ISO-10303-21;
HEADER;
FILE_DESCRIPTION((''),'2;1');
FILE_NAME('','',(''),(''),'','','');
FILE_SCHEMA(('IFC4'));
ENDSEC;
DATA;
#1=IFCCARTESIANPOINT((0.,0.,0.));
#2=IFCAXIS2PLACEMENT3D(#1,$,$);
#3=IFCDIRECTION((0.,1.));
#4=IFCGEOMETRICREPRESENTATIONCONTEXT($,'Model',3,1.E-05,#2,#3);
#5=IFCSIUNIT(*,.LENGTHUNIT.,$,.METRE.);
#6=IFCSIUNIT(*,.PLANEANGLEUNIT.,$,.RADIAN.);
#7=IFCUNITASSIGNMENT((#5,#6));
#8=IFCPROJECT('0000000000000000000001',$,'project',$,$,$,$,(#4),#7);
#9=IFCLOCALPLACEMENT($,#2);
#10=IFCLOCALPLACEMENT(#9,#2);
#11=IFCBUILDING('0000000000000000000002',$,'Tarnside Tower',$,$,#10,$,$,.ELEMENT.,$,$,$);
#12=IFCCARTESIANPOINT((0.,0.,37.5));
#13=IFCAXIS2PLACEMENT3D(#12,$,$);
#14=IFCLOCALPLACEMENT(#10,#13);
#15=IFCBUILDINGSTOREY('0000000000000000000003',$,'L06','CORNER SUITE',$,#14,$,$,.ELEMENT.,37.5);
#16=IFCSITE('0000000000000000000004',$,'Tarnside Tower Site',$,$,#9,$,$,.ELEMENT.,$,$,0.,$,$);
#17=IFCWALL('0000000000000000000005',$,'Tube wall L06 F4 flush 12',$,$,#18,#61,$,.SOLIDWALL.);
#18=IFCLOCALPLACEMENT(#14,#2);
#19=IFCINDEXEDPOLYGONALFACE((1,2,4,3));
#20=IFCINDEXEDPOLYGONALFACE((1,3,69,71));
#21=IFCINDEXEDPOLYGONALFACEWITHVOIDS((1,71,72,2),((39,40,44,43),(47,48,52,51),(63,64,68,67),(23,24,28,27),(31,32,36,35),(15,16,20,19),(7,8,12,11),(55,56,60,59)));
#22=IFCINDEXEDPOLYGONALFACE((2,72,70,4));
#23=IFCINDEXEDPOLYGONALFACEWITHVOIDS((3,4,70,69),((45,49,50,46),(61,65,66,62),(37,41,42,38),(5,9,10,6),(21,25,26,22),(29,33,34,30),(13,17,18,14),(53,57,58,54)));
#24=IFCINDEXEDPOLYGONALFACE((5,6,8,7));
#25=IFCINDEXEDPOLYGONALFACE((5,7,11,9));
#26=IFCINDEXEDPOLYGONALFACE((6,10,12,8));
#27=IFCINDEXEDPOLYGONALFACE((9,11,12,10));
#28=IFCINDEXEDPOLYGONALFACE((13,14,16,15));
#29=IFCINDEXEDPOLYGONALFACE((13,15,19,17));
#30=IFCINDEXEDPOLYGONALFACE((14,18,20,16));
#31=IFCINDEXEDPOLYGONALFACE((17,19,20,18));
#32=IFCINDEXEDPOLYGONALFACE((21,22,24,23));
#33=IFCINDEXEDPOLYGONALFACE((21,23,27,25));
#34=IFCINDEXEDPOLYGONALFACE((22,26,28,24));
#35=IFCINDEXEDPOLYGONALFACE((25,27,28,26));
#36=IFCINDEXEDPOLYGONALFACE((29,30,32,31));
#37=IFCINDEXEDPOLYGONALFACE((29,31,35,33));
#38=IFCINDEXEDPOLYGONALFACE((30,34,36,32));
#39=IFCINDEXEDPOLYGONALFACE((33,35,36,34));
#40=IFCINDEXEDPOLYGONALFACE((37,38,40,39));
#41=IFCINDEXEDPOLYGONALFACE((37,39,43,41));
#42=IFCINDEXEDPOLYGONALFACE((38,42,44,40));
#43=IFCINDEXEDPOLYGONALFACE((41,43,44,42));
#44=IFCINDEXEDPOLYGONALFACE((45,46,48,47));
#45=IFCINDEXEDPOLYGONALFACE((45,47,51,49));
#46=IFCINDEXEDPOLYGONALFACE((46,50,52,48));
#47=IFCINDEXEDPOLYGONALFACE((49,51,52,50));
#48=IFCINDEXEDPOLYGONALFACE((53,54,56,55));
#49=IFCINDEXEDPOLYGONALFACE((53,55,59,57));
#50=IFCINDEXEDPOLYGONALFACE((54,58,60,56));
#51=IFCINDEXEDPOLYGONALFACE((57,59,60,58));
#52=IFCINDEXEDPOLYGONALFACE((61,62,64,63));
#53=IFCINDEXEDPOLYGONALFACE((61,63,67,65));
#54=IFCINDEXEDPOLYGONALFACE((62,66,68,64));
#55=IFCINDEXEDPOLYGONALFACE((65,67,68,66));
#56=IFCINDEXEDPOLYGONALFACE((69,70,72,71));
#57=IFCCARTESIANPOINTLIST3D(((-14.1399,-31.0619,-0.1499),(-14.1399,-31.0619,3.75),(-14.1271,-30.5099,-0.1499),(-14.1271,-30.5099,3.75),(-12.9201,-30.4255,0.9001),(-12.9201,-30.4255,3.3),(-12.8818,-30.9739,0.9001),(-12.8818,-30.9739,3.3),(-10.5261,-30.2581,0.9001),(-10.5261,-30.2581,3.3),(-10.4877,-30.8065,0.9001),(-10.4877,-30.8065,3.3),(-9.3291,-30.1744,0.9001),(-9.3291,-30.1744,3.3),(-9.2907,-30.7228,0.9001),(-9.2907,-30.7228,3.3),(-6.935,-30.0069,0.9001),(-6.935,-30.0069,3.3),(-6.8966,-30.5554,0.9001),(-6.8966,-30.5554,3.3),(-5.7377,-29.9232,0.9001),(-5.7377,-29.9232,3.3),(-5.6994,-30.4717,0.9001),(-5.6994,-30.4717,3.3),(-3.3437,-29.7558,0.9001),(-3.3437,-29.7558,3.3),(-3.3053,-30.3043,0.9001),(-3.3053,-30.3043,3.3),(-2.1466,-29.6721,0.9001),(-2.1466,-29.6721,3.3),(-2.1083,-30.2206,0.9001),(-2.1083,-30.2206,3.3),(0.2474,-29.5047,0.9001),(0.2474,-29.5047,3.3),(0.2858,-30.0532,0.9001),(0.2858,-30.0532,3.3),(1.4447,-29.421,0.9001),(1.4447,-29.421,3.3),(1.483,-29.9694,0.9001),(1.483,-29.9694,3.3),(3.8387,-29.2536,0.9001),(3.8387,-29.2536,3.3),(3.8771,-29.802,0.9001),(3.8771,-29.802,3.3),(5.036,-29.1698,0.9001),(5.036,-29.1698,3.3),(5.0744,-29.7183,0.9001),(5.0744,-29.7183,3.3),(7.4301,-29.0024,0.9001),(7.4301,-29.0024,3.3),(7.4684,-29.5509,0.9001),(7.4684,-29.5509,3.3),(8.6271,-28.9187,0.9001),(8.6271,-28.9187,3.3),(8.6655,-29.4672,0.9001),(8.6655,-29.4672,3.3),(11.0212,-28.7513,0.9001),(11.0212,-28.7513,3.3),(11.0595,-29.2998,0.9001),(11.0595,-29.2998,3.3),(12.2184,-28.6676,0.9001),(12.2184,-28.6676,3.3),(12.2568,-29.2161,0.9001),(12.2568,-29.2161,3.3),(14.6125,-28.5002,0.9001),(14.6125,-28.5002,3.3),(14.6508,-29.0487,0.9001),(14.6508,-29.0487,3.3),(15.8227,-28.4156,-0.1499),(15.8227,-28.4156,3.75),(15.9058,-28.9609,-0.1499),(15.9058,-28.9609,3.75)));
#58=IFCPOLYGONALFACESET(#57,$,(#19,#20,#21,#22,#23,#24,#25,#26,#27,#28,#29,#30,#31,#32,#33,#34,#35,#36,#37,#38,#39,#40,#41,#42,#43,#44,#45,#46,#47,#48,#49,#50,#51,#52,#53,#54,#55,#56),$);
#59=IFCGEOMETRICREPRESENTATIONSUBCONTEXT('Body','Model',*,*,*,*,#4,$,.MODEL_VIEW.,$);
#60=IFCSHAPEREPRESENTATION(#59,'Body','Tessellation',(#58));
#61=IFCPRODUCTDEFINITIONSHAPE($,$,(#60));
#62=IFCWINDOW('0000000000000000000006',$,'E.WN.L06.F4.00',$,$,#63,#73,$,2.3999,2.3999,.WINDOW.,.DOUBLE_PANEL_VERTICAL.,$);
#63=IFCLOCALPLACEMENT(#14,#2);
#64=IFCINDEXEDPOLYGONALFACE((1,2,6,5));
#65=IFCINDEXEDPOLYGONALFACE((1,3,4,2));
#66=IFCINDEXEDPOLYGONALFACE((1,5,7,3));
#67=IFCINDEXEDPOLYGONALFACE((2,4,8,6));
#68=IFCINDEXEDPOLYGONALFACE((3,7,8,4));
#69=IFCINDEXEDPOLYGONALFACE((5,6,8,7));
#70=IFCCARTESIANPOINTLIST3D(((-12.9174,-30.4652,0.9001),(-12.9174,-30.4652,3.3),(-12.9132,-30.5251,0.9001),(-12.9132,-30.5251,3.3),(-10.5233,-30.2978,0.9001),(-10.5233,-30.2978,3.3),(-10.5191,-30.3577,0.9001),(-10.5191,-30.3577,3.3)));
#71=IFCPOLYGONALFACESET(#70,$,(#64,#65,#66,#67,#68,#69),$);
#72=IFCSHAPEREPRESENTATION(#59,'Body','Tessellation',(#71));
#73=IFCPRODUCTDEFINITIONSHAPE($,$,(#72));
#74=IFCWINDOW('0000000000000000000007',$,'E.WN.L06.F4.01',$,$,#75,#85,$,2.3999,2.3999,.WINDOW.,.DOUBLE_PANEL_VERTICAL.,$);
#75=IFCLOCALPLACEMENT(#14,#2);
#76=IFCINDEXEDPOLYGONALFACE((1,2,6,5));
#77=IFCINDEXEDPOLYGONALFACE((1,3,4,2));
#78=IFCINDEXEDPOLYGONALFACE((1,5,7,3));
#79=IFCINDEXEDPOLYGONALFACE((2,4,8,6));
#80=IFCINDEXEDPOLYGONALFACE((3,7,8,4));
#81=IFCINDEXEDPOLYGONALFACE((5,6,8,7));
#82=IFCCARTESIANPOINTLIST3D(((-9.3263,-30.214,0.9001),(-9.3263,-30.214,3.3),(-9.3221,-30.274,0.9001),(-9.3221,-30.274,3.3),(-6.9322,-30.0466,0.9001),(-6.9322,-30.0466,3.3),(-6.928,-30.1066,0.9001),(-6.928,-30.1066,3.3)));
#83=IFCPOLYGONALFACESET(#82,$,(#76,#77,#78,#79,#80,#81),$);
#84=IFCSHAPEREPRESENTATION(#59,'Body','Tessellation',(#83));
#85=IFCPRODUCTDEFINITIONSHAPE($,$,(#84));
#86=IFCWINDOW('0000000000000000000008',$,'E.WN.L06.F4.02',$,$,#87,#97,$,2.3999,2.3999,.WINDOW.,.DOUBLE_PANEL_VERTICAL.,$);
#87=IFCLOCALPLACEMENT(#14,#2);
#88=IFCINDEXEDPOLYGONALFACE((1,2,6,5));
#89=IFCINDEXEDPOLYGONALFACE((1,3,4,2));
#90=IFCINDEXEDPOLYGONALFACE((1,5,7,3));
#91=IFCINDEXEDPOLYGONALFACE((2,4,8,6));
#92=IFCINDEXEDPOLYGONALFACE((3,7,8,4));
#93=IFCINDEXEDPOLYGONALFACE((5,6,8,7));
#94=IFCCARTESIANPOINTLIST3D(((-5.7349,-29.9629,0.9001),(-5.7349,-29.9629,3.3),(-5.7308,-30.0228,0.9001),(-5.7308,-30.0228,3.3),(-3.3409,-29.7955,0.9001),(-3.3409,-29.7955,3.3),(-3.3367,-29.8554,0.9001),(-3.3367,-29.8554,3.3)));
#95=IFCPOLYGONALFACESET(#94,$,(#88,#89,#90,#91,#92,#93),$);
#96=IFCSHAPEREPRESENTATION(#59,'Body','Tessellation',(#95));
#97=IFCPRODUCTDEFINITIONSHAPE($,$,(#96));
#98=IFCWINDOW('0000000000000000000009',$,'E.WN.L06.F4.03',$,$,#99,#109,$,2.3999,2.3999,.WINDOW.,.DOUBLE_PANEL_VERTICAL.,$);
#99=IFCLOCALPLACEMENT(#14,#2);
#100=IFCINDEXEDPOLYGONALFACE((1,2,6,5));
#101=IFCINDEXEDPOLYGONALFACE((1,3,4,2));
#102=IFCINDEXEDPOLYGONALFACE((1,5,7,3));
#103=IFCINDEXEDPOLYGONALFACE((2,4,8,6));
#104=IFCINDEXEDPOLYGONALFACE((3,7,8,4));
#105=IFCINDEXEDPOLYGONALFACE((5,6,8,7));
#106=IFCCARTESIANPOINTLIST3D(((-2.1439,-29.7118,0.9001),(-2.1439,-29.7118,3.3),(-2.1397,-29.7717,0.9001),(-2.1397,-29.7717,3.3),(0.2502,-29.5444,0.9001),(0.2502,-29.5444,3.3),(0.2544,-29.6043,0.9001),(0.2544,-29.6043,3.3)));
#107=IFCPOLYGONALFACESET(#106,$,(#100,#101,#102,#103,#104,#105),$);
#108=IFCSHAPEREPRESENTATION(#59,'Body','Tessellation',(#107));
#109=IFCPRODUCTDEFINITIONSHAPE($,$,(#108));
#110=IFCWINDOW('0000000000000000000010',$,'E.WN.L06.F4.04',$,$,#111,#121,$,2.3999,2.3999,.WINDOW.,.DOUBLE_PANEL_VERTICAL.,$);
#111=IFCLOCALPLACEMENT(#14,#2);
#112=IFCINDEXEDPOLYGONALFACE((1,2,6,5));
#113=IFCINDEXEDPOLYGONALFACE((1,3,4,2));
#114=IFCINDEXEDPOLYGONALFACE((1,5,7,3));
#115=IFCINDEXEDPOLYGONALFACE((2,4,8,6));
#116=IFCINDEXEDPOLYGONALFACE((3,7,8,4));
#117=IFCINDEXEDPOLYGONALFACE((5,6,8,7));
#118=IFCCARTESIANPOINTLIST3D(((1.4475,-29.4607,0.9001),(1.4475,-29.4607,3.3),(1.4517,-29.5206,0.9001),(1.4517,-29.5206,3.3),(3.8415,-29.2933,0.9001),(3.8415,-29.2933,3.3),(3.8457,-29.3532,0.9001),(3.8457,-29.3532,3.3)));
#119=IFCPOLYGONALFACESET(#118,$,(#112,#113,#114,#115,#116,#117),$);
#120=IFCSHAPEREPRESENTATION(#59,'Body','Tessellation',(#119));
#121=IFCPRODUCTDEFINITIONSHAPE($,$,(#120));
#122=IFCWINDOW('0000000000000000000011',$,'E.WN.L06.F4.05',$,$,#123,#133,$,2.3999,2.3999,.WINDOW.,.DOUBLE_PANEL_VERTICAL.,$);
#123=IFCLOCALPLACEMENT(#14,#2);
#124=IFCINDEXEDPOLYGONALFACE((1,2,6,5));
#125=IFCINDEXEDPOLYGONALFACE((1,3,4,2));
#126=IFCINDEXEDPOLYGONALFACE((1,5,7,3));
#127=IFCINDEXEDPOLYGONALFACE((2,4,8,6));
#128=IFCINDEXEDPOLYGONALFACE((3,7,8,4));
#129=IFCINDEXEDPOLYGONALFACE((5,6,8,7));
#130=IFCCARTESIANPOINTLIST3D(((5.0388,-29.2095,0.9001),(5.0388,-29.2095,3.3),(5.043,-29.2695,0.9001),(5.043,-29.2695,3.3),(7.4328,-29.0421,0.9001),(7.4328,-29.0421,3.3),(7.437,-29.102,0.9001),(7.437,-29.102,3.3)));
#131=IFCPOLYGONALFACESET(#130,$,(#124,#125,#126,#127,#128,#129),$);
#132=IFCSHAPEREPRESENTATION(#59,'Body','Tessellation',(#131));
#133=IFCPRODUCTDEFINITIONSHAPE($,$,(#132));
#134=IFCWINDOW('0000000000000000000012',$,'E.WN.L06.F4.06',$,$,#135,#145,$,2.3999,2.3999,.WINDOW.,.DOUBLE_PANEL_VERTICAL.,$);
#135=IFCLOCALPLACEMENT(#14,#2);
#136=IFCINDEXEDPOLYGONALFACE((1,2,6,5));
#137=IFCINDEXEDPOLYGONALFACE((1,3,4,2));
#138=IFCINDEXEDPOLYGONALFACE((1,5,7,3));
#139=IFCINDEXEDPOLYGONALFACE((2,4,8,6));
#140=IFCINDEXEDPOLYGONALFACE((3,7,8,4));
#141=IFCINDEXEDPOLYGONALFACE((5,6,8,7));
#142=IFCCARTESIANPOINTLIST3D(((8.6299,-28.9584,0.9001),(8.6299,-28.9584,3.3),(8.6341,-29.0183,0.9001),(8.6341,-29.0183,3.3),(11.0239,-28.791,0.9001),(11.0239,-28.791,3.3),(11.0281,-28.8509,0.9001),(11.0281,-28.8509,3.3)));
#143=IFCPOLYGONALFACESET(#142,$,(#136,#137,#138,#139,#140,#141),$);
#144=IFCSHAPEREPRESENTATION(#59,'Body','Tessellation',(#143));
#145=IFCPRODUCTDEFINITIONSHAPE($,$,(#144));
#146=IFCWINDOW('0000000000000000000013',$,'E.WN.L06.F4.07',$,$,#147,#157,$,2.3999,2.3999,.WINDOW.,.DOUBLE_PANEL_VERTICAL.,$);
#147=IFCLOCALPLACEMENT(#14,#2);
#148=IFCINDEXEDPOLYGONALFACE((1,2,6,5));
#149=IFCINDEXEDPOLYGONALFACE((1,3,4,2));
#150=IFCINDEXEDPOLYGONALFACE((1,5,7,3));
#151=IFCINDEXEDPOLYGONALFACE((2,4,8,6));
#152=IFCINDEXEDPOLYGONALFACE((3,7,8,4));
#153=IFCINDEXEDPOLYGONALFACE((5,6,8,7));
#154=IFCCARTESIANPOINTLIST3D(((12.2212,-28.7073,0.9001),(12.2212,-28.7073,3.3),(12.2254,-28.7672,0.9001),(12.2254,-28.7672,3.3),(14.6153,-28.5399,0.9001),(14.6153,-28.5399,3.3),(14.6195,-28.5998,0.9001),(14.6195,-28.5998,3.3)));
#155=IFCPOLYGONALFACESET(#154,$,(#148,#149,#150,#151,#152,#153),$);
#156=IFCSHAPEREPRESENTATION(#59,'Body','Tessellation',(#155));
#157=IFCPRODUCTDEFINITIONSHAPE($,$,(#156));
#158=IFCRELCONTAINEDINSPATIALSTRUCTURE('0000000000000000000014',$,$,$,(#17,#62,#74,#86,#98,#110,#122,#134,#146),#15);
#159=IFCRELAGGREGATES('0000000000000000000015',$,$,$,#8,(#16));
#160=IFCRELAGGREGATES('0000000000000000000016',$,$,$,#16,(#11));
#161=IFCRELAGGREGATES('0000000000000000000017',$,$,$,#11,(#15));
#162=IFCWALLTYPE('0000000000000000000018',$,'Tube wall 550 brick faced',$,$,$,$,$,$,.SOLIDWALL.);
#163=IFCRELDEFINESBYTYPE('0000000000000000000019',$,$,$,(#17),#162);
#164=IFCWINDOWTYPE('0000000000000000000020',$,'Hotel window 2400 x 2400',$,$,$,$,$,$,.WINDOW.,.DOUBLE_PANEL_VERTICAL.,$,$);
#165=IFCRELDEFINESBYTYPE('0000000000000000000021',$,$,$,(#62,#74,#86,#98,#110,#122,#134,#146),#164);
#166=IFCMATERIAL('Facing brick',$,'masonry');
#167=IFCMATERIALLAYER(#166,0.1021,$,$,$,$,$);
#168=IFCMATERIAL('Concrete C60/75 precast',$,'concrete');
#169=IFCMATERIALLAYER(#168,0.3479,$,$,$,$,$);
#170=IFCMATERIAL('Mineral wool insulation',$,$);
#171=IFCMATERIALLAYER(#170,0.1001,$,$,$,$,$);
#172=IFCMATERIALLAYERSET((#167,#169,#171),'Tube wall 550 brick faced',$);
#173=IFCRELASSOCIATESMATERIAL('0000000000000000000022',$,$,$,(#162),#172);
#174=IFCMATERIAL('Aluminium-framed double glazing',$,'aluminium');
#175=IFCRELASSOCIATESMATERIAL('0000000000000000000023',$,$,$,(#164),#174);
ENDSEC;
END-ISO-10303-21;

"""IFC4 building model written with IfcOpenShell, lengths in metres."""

from ifc_helpers import new_model, si_unit, direction, frame, frame_2d, origin, place, context, subcontext, project, spatial, polyline, rectangle, outline, extrude, material, layer, layer_set, type_object, element, fill, save


model = new_model("IFC4")

# Units and contexts
model_context = context("Model", 3, precision=1e-05, world=origin(), true_north=direction((0.0, 1.0)))
body_context = subcontext(model_context, "Body", "Model", "MODEL_VIEW")
ifc_project = project(units=[si_unit("LENGTHUNIT", "METRE"), si_unit("PLANEANGLEUNIT", "RADIAN")], contexts=[model_context])

# Site, building, storey
site_placement = place(None, origin())
site = spatial("IfcSite", under=ifc_project, at=site_placement, Name="Tarnside Tower Site", CompositionType="ELEMENT", RefElevation=0.0)
building_placement = place(site_placement, origin())
building = spatial("IfcBuilding", under=site, at=building_placement, Name="Tarnside Tower", CompositionType="ELEMENT")
storey_placement = place(building_placement, frame((0.0, 0.0, 37.5)))
storey = spatial("IfcBuildingStorey", under=building, at=storey_placement, Name="L06", Description="CORNER SUITE", CompositionType="ELEMENT", Elevation=37.5)

# Shared definitions
ifc_material_1 = material(Name="Facing brick", Category="masonry")
ifc_layer_1 = layer(ifc_material_1, 0.1021)
ifc_material_2 = material(Name="Concrete C60/75 precast", Category="concrete")
ifc_layer_2 = layer(ifc_material_2, 0.3479)
ifc_material_3 = material(Name="Mineral wool insulation")
ifc_layer_3 = layer(ifc_material_3, 0.1001)
ifc_layer_set_1 = layer_set([ifc_layer_1, ifc_layer_2, ifc_layer_3], Name="Tube wall 550 brick faced")
wall_type_1 = type_object("IfcWallType", Name="Tube wall 550 brick faced", PredefinedType="SOLIDWALL", material=ifc_layer_set_1)

# Wall, openings, windows
wall_1_placement = place(storey_placement, frame((-14.1335, -30.7859, -0.1499), z_axis=(0.0, 0.0, 1.0), x_axis=(0.997564, 0.069757, 0.0)))
wall_1 = element("IfcWall", 1, at=wall_1_placement, inside=storey, type_object=wall_type_1, Name="Tube wall L06 F4 flush 12", PredefinedType="SOLIDWALL", context=body_context, shape_type="SweptSolid", body=[
    extrude(outline(polyline([(-0.0256, -0.2749), (30.0935, -0.2749), (30.0486, 0.2749), (0.0256, 0.2749), (-0.0256, -0.2749)])), origin(), (0.0, 0.0, 1.0), 3.8999),
])
opening_1_placement = place(wall_1_placement, frame((1.2356, 0.0, 1.05)))
opening_1 = element("IfcOpeningElement", 2, at=opening_1_placement, cuts=wall_1, PredefinedType="OPENING", context=body_context, shape_type="SweptSolid", body=[
    extrude(rectangle(XDim=2.3999, YDim=2.3999, at=frame_2d((1.2, 1.2))), frame((0.0, 0.2852, 0.0), z_axis=(0.0, -1.0, 0.0), x_axis=(1.0, 0.0, 0.0)), (0.0, 0.0, 1.0), 0.5701),
])
opening_2_placement = place(wall_1_placement, frame((4.8354, 0.0, 1.05)))
opening_2 = element("IfcOpeningElement", 3, at=opening_2_placement, cuts=wall_1, PredefinedType="OPENING", context=body_context, shape_type="SweptSolid", body=[
    extrude(rectangle(XDim=2.3999, YDim=2.3999, at=frame_2d((1.2, 1.2))), frame((0.0, 0.2852, 0.0), z_axis=(0.0, -1.0, 0.0), x_axis=(1.0, 0.0, 0.0)), (0.0, 0.0, 1.0), 0.5701),
])
opening_3_placement = place(wall_1_placement, frame((8.4355, 0.0, 1.05)))
opening_3 = element("IfcOpeningElement", 4, at=opening_3_placement, cuts=wall_1, PredefinedType="OPENING", context=body_context, shape_type="SweptSolid", body=[
    extrude(rectangle(XDim=2.3999, YDim=2.3999, at=frame_2d((1.2, 1.2))), frame((0.0, 0.2852, 0.0), z_axis=(0.0, -1.0, 0.0), x_axis=(1.0, 0.0, 0.0)), (0.0, 0.0, 1.0), 0.5701),
])
opening_4_placement = place(wall_1_placement, frame((12.0354, 0.0, 1.05)))
opening_4 = element("IfcOpeningElement", 5, at=opening_4_placement, cuts=wall_1, PredefinedType="OPENING", context=body_context, shape_type="SweptSolid", body=[
    extrude(rectangle(XDim=2.3999, YDim=2.3999, at=frame_2d((1.2, 1.2))), frame((0.0, 0.2852, 0.0), z_axis=(0.0, -1.0, 0.0), x_axis=(1.0, 0.0, 0.0)), (0.0, 0.0, 1.0), 0.5701),
])
opening_5_placement = place(wall_1_placement, frame((15.6355, 0.0, 1.05)))
opening_5 = element("IfcOpeningElement", 6, at=opening_5_placement, cuts=wall_1, PredefinedType="OPENING", context=body_context, shape_type="SweptSolid", body=[
    extrude(rectangle(XDim=2.3999, YDim=2.3999, at=frame_2d((1.2, 1.2))), frame((0.0, 0.2852, 0.0), z_axis=(0.0, -1.0, 0.0), x_axis=(1.0, 0.0, 0.0)), (0.0, 0.0, 1.0), 0.5701),
])
opening_6_placement = place(wall_1_placement, frame((19.2356, 0.0, 1.05)))
opening_6 = element("IfcOpeningElement", 7, at=opening_6_placement, cuts=wall_1, PredefinedType="OPENING", context=body_context, shape_type="SweptSolid", body=[
    extrude(rectangle(XDim=2.3999, YDim=2.3999, at=frame_2d((1.2, 1.2))), frame((0.0, 0.2852, 0.0), z_axis=(0.0, -1.0, 0.0), x_axis=(1.0, 0.0, 0.0)), (0.0, 0.0, 1.0), 0.5701),
])
opening_7_placement = place(wall_1_placement, frame((22.8354, 0.0, 1.05)))
opening_7 = element("IfcOpeningElement", 8, at=opening_7_placement, cuts=wall_1, PredefinedType="OPENING", context=body_context, shape_type="SweptSolid", body=[
    extrude(rectangle(XDim=2.3999, YDim=2.3999, at=frame_2d((1.2, 1.2))), frame((0.0, 0.2852, 0.0), z_axis=(0.0, -1.0, 0.0), x_axis=(1.0, 0.0, 0.0)), (0.0, 0.0, 1.0), 0.5701),
])
opening_8_placement = place(wall_1_placement, frame((26.4355, 0.0, 1.05)))
opening_8 = element("IfcOpeningElement", 9, at=opening_8_placement, cuts=wall_1, PredefinedType="OPENING", context=body_context, shape_type="SweptSolid", body=[
    extrude(rectangle(XDim=2.3999, YDim=2.3999, at=frame_2d((1.2, 1.2))), frame((0.0, 0.2852, 0.0), z_axis=(0.0, -1.0, 0.0), x_axis=(1.0, 0.0, 0.0)), (0.0, 0.0, 1.0), 0.5701),
])
ifc_material_4 = material(Name="Aluminium-framed double glazing", Category="aluminium")
window_type = type_object("IfcWindowType", Name="Hotel window 2400 x 2400", PartitioningType="DOUBLE_PANEL_VERTICAL", PredefinedType="WINDOW", material=ifc_material_4)
window_1_placement = place(opening_1_placement, frame((0.0, 0.2051, 0.0)))
window_1 = element("IfcWindow", 10, at=window_1_placement, inside=storey, type_object=window_type, Name="E.WN.L06.F4.00", OverallHeight=2.3999, OverallWidth=2.3999, PartitioningType="DOUBLE_PANEL_VERTICAL", PredefinedType="WINDOW", context=body_context, shape_type="SweptSolid", body=[
    extrude(rectangle(XDim=2.3999, YDim=2.3999, at=frame_2d((1.2, 1.2))), frame((0.0, 0.03, 0.0), z_axis=(0.0, -1.0, 0.0), x_axis=(1.0, 0.0, 0.0)), (0.0, 0.0, 1.0), 0.0601),
])
fill(opening_1, window_1)
window_2_placement = place(opening_2_placement, frame((0.0, 0.2051, 0.0)))
window_2 = element("IfcWindow", 11, at=window_2_placement, inside=storey, type_object=window_type, Name="E.WN.L06.F4.01", OverallHeight=2.3999, OverallWidth=2.3999, PartitioningType="DOUBLE_PANEL_VERTICAL", PredefinedType="WINDOW", context=body_context, shape_type="SweptSolid", body=[
    extrude(rectangle(XDim=2.3999, YDim=2.3999, at=frame_2d((1.2, 1.2))), frame((0.0, 0.03, 0.0), z_axis=(0.0, -1.0, 0.0), x_axis=(1.0, 0.0, 0.0)), (0.0, 0.0, 1.0), 0.0601),
])
fill(opening_2, window_2)
window_3_placement = place(opening_3_placement, frame((0.0, 0.2051, 0.0)))
window_3 = element("IfcWindow", 12, at=window_3_placement, inside=storey, type_object=window_type, Name="E.WN.L06.F4.02", OverallHeight=2.3999, OverallWidth=2.3999, PartitioningType="DOUBLE_PANEL_VERTICAL", PredefinedType="WINDOW", context=body_context, shape_type="SweptSolid", body=[
    extrude(rectangle(XDim=2.3999, YDim=2.3999, at=frame_2d((1.2, 1.2))), frame((0.0, 0.03, 0.0), z_axis=(0.0, -1.0, 0.0), x_axis=(1.0, 0.0, 0.0)), (0.0, 0.0, 1.0), 0.0601),
])
fill(opening_3, window_3)
window_4_placement = place(opening_4_placement, frame((0.0, 0.2051, 0.0)))
window_4 = element("IfcWindow", 13, at=window_4_placement, inside=storey, type_object=window_type, Name="E.WN.L06.F4.03", OverallHeight=2.3999, OverallWidth=2.3999, PartitioningType="DOUBLE_PANEL_VERTICAL", PredefinedType="WINDOW", context=body_context, shape_type="SweptSolid", body=[
    extrude(rectangle(XDim=2.3999, YDim=2.3999, at=frame_2d((1.2, 1.2))), frame((0.0, 0.03, 0.0), z_axis=(0.0, -1.0, 0.0), x_axis=(1.0, 0.0, 0.0)), (0.0, 0.0, 1.0), 0.0601),
])
fill(opening_4, window_4)
window_5_placement = place(opening_5_placement, frame((0.0, 0.2051, 0.0)))
window_5 = element("IfcWindow", 14, at=window_5_placement, inside=storey, type_object=window_type, Name="E.WN.L06.F4.04", OverallHeight=2.3999, OverallWidth=2.3999, PartitioningType="DOUBLE_PANEL_VERTICAL", PredefinedType="WINDOW", context=body_context, shape_type="SweptSolid", body=[
    extrude(rectangle(XDim=2.3999, YDim=2.3999, at=frame_2d((1.2, 1.2))), frame((0.0, 0.03, 0.0), z_axis=(0.0, -1.0, 0.0), x_axis=(1.0, 0.0, 0.0)), (0.0, 0.0, 1.0), 0.0601),
])
fill(opening_5, window_5)
window_6_placement = place(opening_6_placement, frame((0.0, 0.2051, 0.0)))
window_6 = element("IfcWindow", 15, at=window_6_placement, inside=storey, type_object=window_type, Name="E.WN.L06.F4.05", OverallHeight=2.3999, OverallWidth=2.3999, PartitioningType="DOUBLE_PANEL_VERTICAL", PredefinedType="WINDOW", context=body_context, shape_type="SweptSolid", body=[
    extrude(rectangle(XDim=2.3999, YDim=2.3999, at=frame_2d((1.2, 1.2))), frame((0.0, 0.03, 0.0), z_axis=(0.0, -1.0, 0.0), x_axis=(1.0, 0.0, 0.0)), (0.0, 0.0, 1.0), 0.0601),
])
fill(opening_6, window_6)
window_7_placement = place(opening_7_placement, frame((0.0, 0.2051, 0.0)))
window_7 = element("IfcWindow", 16, at=window_7_placement, inside=storey, type_object=window_type, Name="E.WN.L06.F4.06", OverallHeight=2.3999, OverallWidth=2.3999, PartitioningType="DOUBLE_PANEL_VERTICAL", PredefinedType="WINDOW", context=body_context, shape_type="SweptSolid", body=[
    extrude(rectangle(XDim=2.3999, YDim=2.3999, at=frame_2d((1.2, 1.2))), frame((0.0, 0.03, 0.0), z_axis=(0.0, -1.0, 0.0), x_axis=(1.0, 0.0, 0.0)), (0.0, 0.0, 1.0), 0.0601),
])
fill(opening_7, window_7)
window_8_placement = place(opening_8_placement, frame((0.0, 0.2051, 0.0)))
window_8 = element("IfcWindow", 17, at=window_8_placement, inside=storey, type_object=window_type, Name="E.WN.L06.F4.07", OverallHeight=2.3999, OverallWidth=2.3999, PartitioningType="DOUBLE_PANEL_VERTICAL", PredefinedType="WINDOW", context=body_context, shape_type="SweptSolid", body=[
    extrude(rectangle(XDim=2.3999, YDim=2.3999, at=frame_2d((1.2, 1.2))), frame((0.0, 0.03, 0.0), z_axis=(0.0, -1.0, 0.0), x_axis=(1.0, 0.0, 0.0)), (0.0, 0.0, 1.0), 0.0601),
])
fill(opening_8, window_8)

save(model, "model.ifc")
